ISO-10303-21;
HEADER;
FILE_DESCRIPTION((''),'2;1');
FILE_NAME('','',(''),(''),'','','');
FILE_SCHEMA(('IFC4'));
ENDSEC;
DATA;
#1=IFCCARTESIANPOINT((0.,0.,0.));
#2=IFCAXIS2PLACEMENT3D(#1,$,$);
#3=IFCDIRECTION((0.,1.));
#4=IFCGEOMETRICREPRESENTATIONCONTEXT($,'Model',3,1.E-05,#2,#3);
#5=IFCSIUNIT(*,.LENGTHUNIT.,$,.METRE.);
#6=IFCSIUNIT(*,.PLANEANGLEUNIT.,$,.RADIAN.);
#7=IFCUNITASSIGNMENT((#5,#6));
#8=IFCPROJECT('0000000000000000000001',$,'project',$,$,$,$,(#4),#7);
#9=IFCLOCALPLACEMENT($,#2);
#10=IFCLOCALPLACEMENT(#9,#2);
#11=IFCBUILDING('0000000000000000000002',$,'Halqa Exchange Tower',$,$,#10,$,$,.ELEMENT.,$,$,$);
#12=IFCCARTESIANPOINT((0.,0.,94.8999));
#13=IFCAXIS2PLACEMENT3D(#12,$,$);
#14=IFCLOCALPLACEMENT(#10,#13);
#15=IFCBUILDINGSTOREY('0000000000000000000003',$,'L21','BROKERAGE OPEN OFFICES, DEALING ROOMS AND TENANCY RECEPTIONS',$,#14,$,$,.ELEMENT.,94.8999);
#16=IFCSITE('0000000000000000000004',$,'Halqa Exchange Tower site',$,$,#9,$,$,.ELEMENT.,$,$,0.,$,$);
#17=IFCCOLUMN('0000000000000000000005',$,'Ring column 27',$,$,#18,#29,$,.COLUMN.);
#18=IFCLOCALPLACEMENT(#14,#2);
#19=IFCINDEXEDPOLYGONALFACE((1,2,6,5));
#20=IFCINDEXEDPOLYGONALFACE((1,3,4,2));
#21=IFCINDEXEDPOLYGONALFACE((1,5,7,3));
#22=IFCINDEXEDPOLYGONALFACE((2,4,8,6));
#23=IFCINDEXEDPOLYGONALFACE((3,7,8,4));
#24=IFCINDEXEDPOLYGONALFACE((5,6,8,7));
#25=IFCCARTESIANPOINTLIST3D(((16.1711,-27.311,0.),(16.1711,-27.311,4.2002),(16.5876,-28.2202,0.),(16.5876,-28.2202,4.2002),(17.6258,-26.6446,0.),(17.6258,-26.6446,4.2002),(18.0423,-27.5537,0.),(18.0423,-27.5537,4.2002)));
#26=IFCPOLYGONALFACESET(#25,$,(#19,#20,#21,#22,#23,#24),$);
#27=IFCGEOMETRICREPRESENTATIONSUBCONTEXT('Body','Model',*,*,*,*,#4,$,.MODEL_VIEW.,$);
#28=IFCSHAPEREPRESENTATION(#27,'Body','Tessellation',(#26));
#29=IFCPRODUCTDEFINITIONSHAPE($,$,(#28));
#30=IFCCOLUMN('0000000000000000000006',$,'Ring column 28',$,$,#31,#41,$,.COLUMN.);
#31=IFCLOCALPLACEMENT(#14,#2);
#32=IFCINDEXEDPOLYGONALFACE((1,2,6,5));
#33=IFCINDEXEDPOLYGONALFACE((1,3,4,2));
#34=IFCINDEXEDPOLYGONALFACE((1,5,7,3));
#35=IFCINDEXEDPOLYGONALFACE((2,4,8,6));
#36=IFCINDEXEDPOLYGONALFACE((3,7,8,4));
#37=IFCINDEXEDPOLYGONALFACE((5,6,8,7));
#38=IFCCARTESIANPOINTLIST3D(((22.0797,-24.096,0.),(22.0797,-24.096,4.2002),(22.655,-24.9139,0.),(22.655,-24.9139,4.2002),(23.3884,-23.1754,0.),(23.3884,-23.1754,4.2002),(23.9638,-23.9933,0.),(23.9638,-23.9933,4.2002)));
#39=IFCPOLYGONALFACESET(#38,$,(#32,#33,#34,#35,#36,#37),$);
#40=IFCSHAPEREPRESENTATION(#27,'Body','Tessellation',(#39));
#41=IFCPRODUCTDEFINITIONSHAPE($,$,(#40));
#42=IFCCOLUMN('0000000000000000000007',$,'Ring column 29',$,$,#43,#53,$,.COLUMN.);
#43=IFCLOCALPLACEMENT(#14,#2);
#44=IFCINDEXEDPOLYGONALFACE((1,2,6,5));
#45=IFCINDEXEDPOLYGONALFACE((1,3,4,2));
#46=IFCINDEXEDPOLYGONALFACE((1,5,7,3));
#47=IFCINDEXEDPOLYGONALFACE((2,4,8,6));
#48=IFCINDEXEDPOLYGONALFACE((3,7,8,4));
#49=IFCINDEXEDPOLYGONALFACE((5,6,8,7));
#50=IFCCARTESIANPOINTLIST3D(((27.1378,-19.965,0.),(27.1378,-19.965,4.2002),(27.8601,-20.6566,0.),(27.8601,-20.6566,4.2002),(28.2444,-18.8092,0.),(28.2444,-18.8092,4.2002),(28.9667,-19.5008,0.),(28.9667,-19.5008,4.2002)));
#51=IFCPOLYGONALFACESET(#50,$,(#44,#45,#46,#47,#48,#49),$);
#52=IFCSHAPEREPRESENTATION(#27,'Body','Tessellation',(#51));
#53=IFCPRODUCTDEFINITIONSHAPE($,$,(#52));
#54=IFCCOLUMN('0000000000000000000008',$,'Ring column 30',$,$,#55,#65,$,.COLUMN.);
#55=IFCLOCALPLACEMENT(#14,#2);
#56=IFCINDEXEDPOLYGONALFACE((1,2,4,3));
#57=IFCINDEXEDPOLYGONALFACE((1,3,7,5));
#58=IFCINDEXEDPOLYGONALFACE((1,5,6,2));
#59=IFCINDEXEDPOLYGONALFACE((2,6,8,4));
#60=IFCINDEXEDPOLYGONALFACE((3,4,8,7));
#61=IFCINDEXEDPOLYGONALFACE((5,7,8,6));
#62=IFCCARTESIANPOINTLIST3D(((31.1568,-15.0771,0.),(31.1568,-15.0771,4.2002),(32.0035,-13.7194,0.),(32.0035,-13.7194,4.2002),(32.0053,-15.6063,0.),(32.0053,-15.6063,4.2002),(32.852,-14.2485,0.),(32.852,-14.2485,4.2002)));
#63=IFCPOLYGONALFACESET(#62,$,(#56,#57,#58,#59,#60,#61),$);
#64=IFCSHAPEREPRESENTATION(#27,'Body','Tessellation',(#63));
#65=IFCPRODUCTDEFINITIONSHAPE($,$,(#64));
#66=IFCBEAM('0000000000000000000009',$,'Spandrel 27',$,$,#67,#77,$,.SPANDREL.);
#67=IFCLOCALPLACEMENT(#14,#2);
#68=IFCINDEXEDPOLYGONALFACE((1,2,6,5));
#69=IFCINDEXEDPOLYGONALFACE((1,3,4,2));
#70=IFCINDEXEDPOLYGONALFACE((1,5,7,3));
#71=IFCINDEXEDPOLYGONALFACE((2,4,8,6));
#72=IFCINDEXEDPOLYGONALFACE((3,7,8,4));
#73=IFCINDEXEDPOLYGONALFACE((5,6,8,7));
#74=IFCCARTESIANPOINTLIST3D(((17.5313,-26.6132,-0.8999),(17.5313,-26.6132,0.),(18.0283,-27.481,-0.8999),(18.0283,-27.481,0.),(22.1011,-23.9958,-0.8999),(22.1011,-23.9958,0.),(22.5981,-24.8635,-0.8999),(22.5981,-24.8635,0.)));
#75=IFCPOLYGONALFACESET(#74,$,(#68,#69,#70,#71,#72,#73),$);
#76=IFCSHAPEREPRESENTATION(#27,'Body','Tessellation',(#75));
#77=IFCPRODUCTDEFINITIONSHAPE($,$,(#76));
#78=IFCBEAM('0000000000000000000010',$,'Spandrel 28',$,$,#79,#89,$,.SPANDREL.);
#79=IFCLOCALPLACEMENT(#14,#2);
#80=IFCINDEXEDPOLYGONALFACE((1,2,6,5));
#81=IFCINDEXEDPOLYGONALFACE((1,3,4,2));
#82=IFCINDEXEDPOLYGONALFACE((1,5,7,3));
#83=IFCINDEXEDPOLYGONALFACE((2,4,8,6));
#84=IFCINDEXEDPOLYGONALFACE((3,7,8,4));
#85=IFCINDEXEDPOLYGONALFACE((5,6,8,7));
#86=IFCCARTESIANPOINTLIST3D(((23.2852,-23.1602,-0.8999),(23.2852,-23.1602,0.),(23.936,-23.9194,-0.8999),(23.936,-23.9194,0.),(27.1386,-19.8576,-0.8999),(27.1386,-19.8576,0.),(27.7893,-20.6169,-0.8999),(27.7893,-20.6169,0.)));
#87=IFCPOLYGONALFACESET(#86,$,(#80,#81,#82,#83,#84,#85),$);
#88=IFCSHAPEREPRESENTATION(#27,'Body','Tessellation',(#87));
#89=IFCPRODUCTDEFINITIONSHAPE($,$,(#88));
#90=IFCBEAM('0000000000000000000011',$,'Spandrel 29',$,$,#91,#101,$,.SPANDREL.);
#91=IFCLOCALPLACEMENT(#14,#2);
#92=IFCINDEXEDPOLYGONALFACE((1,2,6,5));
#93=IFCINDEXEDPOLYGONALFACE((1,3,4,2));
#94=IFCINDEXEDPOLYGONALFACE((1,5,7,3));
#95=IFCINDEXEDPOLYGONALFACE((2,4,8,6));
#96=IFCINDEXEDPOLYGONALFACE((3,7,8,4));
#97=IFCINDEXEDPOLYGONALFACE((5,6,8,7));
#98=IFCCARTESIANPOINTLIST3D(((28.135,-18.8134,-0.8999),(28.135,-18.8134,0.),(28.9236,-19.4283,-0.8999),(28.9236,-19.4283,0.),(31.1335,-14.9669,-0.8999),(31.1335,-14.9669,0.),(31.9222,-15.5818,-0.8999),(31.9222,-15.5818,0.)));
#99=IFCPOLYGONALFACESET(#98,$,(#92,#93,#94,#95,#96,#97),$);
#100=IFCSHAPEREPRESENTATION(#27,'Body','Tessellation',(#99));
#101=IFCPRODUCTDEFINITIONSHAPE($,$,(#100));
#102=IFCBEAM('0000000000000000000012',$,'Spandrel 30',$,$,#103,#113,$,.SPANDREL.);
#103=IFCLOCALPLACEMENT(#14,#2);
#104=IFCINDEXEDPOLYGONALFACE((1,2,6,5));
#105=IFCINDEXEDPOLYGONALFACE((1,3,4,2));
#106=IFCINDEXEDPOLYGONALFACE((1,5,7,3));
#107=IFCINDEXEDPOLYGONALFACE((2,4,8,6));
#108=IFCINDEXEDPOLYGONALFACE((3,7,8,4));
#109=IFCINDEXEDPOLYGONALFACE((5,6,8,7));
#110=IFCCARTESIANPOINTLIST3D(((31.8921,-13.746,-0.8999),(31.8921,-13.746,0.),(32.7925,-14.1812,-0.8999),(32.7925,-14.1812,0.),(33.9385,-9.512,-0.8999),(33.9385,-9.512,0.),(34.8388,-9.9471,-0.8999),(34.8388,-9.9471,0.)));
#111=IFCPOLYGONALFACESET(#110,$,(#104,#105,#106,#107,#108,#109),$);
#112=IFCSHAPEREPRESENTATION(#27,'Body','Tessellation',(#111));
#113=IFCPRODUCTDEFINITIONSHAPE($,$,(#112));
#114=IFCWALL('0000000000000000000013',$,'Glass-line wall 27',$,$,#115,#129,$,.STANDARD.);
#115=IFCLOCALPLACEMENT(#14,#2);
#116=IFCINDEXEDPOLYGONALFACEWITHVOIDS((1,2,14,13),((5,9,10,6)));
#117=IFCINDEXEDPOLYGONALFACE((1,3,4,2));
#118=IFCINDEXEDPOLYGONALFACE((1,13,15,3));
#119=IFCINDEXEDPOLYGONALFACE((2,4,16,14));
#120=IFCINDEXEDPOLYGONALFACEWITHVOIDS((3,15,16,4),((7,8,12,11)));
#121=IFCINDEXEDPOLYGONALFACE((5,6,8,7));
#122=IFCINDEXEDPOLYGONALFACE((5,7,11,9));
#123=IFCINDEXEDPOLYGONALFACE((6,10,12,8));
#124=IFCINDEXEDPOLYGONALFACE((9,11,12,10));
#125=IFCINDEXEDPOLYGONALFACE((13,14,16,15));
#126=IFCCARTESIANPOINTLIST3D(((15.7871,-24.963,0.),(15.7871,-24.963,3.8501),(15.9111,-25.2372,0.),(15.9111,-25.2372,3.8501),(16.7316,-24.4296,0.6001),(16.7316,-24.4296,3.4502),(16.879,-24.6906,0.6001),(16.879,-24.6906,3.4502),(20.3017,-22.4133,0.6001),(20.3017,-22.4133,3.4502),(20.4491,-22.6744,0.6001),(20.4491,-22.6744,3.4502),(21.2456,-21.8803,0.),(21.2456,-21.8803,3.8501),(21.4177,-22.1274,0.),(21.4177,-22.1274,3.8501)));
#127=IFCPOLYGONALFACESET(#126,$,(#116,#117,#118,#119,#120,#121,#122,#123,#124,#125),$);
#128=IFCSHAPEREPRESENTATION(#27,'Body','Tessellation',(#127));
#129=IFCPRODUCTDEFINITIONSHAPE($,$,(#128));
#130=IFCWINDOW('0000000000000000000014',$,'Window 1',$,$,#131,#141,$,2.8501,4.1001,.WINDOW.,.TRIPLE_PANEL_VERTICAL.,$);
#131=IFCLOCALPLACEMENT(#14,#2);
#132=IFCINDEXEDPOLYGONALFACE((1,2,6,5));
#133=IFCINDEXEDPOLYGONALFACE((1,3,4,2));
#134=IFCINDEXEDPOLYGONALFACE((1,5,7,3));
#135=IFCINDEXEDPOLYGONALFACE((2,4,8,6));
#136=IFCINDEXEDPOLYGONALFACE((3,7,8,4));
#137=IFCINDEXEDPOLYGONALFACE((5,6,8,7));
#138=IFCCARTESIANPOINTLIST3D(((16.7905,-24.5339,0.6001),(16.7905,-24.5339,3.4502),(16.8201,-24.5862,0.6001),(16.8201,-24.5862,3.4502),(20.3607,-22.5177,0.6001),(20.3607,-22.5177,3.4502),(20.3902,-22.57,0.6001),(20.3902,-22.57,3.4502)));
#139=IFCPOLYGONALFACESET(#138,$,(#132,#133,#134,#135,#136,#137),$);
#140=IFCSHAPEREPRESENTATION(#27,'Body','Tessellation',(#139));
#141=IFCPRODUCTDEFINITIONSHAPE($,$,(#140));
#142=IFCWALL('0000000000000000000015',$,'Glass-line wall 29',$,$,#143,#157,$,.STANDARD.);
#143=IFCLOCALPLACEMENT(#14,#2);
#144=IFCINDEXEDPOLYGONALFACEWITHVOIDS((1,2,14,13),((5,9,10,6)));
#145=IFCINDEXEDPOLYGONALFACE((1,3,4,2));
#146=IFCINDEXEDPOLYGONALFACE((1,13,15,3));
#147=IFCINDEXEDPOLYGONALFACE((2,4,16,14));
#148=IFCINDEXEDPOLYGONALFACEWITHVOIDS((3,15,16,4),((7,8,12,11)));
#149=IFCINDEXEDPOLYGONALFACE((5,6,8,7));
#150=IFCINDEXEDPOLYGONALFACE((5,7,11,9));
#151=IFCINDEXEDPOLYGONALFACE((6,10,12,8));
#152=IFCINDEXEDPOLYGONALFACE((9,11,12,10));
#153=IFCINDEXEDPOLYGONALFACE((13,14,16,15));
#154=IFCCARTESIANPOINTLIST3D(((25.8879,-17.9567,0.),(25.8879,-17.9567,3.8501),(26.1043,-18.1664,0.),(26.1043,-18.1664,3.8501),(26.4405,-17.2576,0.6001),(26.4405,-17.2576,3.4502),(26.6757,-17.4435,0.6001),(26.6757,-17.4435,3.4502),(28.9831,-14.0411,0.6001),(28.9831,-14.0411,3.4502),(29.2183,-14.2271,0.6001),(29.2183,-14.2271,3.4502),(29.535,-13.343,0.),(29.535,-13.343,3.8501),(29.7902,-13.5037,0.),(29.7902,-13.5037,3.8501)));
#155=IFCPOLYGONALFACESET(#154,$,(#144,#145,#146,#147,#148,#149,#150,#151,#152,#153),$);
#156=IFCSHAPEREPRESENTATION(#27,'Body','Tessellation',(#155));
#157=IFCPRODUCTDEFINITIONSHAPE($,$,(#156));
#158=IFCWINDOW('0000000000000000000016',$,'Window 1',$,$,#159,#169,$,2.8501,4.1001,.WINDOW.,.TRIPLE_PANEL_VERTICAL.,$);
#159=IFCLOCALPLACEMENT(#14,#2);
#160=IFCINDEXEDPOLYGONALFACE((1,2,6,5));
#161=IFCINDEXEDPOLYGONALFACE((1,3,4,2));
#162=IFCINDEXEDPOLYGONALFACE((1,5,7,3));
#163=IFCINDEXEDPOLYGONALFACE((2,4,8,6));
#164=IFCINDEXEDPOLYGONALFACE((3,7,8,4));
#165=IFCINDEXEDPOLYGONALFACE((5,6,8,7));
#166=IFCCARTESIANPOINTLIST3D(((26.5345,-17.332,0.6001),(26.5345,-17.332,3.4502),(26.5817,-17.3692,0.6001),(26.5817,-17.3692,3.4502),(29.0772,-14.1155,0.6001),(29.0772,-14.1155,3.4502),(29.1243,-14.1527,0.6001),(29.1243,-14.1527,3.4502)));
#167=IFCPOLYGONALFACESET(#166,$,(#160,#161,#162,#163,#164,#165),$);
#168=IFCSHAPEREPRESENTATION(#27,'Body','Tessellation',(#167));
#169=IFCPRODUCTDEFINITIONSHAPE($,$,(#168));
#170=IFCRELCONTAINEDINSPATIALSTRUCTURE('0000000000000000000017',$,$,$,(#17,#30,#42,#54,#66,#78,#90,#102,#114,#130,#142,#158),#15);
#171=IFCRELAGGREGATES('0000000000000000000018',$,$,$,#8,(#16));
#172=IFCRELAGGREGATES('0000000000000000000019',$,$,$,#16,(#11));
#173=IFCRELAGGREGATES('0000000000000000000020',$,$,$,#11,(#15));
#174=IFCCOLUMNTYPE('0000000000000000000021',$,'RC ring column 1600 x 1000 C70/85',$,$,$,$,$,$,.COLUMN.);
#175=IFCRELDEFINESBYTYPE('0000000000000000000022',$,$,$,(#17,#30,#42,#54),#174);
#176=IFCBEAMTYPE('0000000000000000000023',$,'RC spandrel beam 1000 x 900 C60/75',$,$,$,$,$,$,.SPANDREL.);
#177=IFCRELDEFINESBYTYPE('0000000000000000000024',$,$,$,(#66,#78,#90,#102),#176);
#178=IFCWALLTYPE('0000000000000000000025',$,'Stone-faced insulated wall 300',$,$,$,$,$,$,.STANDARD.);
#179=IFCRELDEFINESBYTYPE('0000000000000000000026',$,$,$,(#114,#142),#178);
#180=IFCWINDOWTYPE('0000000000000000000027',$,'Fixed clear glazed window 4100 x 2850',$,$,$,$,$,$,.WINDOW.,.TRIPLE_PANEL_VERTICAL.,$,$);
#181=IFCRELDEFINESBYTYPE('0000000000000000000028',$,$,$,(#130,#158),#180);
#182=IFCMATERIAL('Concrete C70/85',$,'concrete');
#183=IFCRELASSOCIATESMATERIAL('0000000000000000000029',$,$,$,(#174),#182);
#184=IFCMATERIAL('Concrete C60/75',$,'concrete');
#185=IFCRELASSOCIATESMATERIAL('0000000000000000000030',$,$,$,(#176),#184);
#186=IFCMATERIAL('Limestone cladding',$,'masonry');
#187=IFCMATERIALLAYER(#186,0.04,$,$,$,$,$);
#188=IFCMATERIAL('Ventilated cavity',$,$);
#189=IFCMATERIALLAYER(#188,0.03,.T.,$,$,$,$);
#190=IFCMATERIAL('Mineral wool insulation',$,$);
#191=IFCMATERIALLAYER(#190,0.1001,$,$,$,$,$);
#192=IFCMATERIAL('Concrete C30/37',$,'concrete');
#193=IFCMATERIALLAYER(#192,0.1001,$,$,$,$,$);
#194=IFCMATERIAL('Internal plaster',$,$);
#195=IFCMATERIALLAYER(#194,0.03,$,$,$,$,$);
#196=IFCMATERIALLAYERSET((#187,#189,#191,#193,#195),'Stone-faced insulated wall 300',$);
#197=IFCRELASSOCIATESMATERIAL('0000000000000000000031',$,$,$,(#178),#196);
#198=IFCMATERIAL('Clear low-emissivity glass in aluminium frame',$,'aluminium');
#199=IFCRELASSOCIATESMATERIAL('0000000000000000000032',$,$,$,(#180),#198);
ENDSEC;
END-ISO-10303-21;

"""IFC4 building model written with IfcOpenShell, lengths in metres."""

from ifc_helpers import new_model, si_unit, direction, frame, frame_2d, origin, origin_2d, place, context, subcontext, project, spatial, polyline, rectangle, outline, extrude, material, layer, layer_set, material_profile, profile_set, type_object, element, fill, save


model = new_model("IFC4")

# Units and contexts
model_context = context("Model", 3, precision=1e-05, world=origin(), true_north=direction((0.0, 1.0)))
body_context = subcontext(model_context, "Body", "Model", "MODEL_VIEW")
ifc_project = project(units=[si_unit("LENGTHUNIT", "METRE"), si_unit("PLANEANGLEUNIT", "RADIAN")], contexts=[model_context])

# Site, building, storey
site_placement = place(None, origin())
site = spatial("IfcSite", under=ifc_project, at=site_placement, Name="Halqa Exchange Tower site", CompositionType="ELEMENT", RefElevation=0.0)
building_placement = place(site_placement, origin())
building = spatial("IfcBuilding", under=site, at=building_placement, Name="Halqa Exchange Tower", CompositionType="ELEMENT")
storey_placement = place(building_placement, frame((0.0, 0.0, 94.8999)))
storey = spatial("IfcBuildingStorey", under=building, at=storey_placement, Name="L21", Description="BROKERAGE OPEN OFFICES, DEALING ROOMS AND TENANCY RECEPTIONS", CompositionType="ELEMENT", Elevation=94.8999)

# Columns
ifc_material_1 = material(Name="Concrete C70/85", Category="concrete")
ifc_material_profile_1 = material_profile(ifc_material_1, rectangle(XDim=1.6001, YDim=1.0, at=origin_2d()), Name="1600 x 1000")
ifc_profile_set_1 = profile_set([ifc_material_profile_1], Name="Concrete C70/85")
column_type = type_object("IfcColumnType", Name="RC ring column 1600 x 1000 C70/85", PredefinedType="COLUMN", material=ifc_profile_set_1)
for number, where, z_axis, x_axis, name in (
    (1, (17.1067, -27.4324, 0.0), (0.0, 0.0, 1.0), (0.909126, 0.41652, 0.0), "Ring column 27"),
    (2, (23.0217, -24.0447, 0.0), (0.0, 0.0, 1.0), (0.817909, 0.575348, 0.0), "Ring column 28"),
    (3, (28.0522, -19.7329, 0.0), (0.0, 0.0, 1.0), (0.691576, 0.722304, 0.0), "Ring column 29"),
    (4, (32.0044, -14.6628, 0.0), (0.0, 0.0, 1.0), (0.52914, 0.848534, 0.0), "Ring column 30"),
):
    element("IfcColumn", number, at=place(storey_placement, frame(where, z_axis=z_axis, x_axis=x_axis)), inside=storey, type_object=column_type, Name=name, PredefinedType="COLUMN", context=body_context, shape_type="SweptSolid", body=[
        extrude(rectangle(XDim=1.6001, YDim=1.0, at=origin_2d()), origin(), (0.0, 0.0, 1.0), 4.2002),
    ])

# Beams
ifc_material_2 = material(Name="Concrete C60/75", Category="concrete")
ifc_material_profile_2 = material_profile(ifc_material_2, rectangle(XDim=1.0, YDim=0.8999, at=origin_2d()), Name="1000 x 900")
ifc_profile_set_2 = profile_set([ifc_material_profile_2], Name="Concrete C60/75")
beam_type = type_object("IfcBeamType", Name="RC spandrel beam 1000 x 900 C60/75", PredefinedType="SPANDREL", material=ifc_profile_set_2)
beam_1_placement = place(storey_placement, frame((17.7798, -27.0471, -0.45), z_axis=(0.867743, 0.497012, 0.0), x_axis=(-0.497012, 0.867743, 0.0)))
element("IfcBeam", 5, at=beam_1_placement, inside=storey, type_object=beam_type, Name="Spandrel 27", PredefinedType="SPANDREL", context=body_context, shape_type="SweptSolid", body=[
    extrude(rectangle(XDim=1.0, YDim=0.8999, at=origin_2d()), origin(), (0.0, 0.0, 1.0), 5.2664),
])
beam_2_placement = place(storey_placement, frame((23.6106, -23.5398, -0.45), z_axis=(0.759287, 0.650756, 0.0), x_axis=(-0.650756, 0.759287, 0.0)))
element("IfcBeam", 6, at=beam_2_placement, inside=storey, type_object=beam_type, Name="Spandrel 28", PredefinedType="SPANDREL", context=body_context, shape_type="SweptSolid", body=[
    extrude(rectangle(XDim=1.0, YDim=0.8999, at=origin_2d()), origin(), (0.0, 0.0, 1.0), 5.075),
])
beam_3_placement = place(storey_placement, frame((28.5293, -19.1208, -0.45), z_axis=(0.614817, 0.78867, 0.0), x_axis=(-0.78867, 0.614817, 0.0)))
element("IfcBeam", 7, at=beam_3_placement, inside=storey, type_object=beam_type, Name="Spandrel 29", PredefinedType="SPANDREL", context=body_context, shape_type="SweptSolid", body=[
    extrude(rectangle(XDim=1.0, YDim=0.8999, at=origin_2d()), origin(), (0.0, 0.0, 1.0), 4.8772),
])
beam_4_placement = place(storey_placement, frame((32.3423, -13.9636, -0.45), z_axis=(0.43515, 0.900358, 0.0), x_axis=(-0.900358, 0.43515, 0.0)))
element("IfcBeam", 8, at=beam_4_placement, inside=storey, type_object=beam_type, Name="Spandrel 30", PredefinedType="SPANDREL", context=body_context, shape_type="SweptSolid", body=[
    extrude(rectangle(XDim=1.0, YDim=0.8999, at=origin_2d()), origin(), (0.0, 0.0, 1.0), 4.7026),
])

# Wall, opening, window
ifc_material_3 = material(Name="Limestone cladding", Category="masonry")
ifc_layer_1 = layer(ifc_material_3, 0.04)
ifc_material_4 = material(Name="Ventilated cavity")
ifc_layer_2 = layer(ifc_material_4, 0.03, ventilated=True)
ifc_material_5 = material(Name="Mineral wool insulation")
ifc_layer_3 = layer(ifc_material_5, 0.1001)
ifc_material_6 = material(Name="Concrete C30/37", Category="concrete")
ifc_layer_4 = layer(ifc_material_6, 0.1001)
ifc_material_7 = material(Name="Internal plaster")
ifc_layer_5 = layer(ifc_material_7, 0.03)
ifc_layer_set_1 = layer_set([ifc_layer_1, ifc_layer_2, ifc_layer_3, ifc_layer_4, ifc_layer_5], Name="Stone-faced insulated wall 300")
wall_type_1 = type_object("IfcWallType", Name="Stone-faced insulated wall 300", PredefinedType="STANDARD", material=ifc_layer_set_1)
wall_1_placement = place(storey_placement, frame((15.8491, -25.1001, 0.0), z_axis=(0.0, 0.0, 1.0), x_axis=(0.870738, 0.491748, 0.0)))
wall_1 = element("IfcWall", 9, at=wall_1_placement, inside=storey, type_object=wall_type_1, Name="Glass-line wall 27", PredefinedType="STANDARD", context=body_context, shape_type="SweptSolid", body=[
    extrude(outline(polyline([(-0.0134, -0.1499), (6.3105, -0.1499), (6.2822, 0.1499), (0.0134, 0.1499), (-0.0134, -0.1499)])), origin(), (0.0, 0.0, 1.0), 3.8501),
])
opening_1_placement = place(wall_1_placement, frame((1.0981, 0.0, 0.6001)))
opening_1 = element("IfcOpeningElement", 10, at=opening_1_placement, cuts=wall_1, PredefinedType="OPENING", context=body_context, shape_type="SweptSolid", body=[
    extrude(rectangle(XDim=4.1001, YDim=2.8501, at=frame_2d((2.05, 1.425))), frame((0.0, 0.1621, 0.0), z_axis=(0.0, -1.0, 0.0), x_axis=(1.0, 0.0, 0.0)), (0.0, 0.0, 1.0), 0.324),
])
ifc_material_8 = material(Name="Clear low-emissivity glass in aluminium frame", Category="aluminium")
window_type = type_object("IfcWindowType", Name="Fixed clear glazed window 4100 x 2850", PartitioningType="TRIPLE_PANEL_VERTICAL", PredefinedType="WINDOW", material=ifc_material_8)
window_1_placement = place(opening_1_placement, origin())
window_1 = element("IfcWindow", 11, at=window_1_placement, inside=storey, type_object=window_type, Name="Window 1", OverallHeight=2.8501, OverallWidth=4.1001, PartitioningType="TRIPLE_PANEL_VERTICAL", PredefinedType="WINDOW", context=body_context, shape_type="SweptSolid", body=[
    extrude(rectangle(XDim=4.1001, YDim=2.8501, at=frame_2d((2.05, 1.425))), frame((0.0, 0.03, 0.0), z_axis=(0.0, -1.0, 0.0), x_axis=(1.0, 0.0, 0.0)), (0.0, 0.0, 1.0), 0.0601),
])
fill(opening_1, window_1)

# Wall, opening, window
wall_2_placement = place(storey_placement, frame((25.9961, -18.0615, 0.0), z_axis=(0.0, 0.0, 1.0), x_axis=(0.620142, 0.784489, 0.0)))
wall_2 = element("IfcWall", 12, at=wall_2_placement, inside=storey, type_object=wall_type_1, Name="Glass-line wall 29", PredefinedType="STANDARD", context=body_context, shape_type="SweptSolid", body=[
    extrude(outline(polyline([(-0.0151, -0.1499), (5.9285, -0.1499), (5.8962, 0.1499), (0.0151, 0.1499), (-0.0151, -0.1499)])), origin(), (0.0, 0.0, 1.0), 3.8501),
])
opening_2_placement = place(wall_2_placement, frame((0.9062, 0.0, 0.6001)))
opening_2 = element("IfcOpeningElement", 13, at=opening_2_placement, cuts=wall_2, PredefinedType="OPENING", context=body_context, shape_type="SweptSolid", body=[
    extrude(rectangle(XDim=4.1001, YDim=2.8501, at=frame_2d((2.05, 1.425))), frame((0.0, 0.1621, 0.0), z_axis=(0.0, -1.0, 0.0), x_axis=(1.0, 0.0, 0.0)), (0.0, 0.0, 1.0), 0.324),
])
window_2_placement = place(opening_2_placement, origin())
window_2 = element("IfcWindow", 14, at=window_2_placement, inside=storey, type_object=window_type, Name="Window 1", OverallHeight=2.8501, OverallWidth=4.1001, PartitioningType="TRIPLE_PANEL_VERTICAL", PredefinedType="WINDOW", context=body_context, shape_type="SweptSolid", body=[
    extrude(rectangle(XDim=4.1001, YDim=2.8501, at=frame_2d((2.05, 1.425))), frame((0.0, 0.03, 0.0), z_axis=(0.0, -1.0, 0.0), x_axis=(1.0, 0.0, 0.0)), (0.0, 0.0, 1.0), 0.0601),
])
fill(opening_2, window_2)

save(model, "model.ifc")
